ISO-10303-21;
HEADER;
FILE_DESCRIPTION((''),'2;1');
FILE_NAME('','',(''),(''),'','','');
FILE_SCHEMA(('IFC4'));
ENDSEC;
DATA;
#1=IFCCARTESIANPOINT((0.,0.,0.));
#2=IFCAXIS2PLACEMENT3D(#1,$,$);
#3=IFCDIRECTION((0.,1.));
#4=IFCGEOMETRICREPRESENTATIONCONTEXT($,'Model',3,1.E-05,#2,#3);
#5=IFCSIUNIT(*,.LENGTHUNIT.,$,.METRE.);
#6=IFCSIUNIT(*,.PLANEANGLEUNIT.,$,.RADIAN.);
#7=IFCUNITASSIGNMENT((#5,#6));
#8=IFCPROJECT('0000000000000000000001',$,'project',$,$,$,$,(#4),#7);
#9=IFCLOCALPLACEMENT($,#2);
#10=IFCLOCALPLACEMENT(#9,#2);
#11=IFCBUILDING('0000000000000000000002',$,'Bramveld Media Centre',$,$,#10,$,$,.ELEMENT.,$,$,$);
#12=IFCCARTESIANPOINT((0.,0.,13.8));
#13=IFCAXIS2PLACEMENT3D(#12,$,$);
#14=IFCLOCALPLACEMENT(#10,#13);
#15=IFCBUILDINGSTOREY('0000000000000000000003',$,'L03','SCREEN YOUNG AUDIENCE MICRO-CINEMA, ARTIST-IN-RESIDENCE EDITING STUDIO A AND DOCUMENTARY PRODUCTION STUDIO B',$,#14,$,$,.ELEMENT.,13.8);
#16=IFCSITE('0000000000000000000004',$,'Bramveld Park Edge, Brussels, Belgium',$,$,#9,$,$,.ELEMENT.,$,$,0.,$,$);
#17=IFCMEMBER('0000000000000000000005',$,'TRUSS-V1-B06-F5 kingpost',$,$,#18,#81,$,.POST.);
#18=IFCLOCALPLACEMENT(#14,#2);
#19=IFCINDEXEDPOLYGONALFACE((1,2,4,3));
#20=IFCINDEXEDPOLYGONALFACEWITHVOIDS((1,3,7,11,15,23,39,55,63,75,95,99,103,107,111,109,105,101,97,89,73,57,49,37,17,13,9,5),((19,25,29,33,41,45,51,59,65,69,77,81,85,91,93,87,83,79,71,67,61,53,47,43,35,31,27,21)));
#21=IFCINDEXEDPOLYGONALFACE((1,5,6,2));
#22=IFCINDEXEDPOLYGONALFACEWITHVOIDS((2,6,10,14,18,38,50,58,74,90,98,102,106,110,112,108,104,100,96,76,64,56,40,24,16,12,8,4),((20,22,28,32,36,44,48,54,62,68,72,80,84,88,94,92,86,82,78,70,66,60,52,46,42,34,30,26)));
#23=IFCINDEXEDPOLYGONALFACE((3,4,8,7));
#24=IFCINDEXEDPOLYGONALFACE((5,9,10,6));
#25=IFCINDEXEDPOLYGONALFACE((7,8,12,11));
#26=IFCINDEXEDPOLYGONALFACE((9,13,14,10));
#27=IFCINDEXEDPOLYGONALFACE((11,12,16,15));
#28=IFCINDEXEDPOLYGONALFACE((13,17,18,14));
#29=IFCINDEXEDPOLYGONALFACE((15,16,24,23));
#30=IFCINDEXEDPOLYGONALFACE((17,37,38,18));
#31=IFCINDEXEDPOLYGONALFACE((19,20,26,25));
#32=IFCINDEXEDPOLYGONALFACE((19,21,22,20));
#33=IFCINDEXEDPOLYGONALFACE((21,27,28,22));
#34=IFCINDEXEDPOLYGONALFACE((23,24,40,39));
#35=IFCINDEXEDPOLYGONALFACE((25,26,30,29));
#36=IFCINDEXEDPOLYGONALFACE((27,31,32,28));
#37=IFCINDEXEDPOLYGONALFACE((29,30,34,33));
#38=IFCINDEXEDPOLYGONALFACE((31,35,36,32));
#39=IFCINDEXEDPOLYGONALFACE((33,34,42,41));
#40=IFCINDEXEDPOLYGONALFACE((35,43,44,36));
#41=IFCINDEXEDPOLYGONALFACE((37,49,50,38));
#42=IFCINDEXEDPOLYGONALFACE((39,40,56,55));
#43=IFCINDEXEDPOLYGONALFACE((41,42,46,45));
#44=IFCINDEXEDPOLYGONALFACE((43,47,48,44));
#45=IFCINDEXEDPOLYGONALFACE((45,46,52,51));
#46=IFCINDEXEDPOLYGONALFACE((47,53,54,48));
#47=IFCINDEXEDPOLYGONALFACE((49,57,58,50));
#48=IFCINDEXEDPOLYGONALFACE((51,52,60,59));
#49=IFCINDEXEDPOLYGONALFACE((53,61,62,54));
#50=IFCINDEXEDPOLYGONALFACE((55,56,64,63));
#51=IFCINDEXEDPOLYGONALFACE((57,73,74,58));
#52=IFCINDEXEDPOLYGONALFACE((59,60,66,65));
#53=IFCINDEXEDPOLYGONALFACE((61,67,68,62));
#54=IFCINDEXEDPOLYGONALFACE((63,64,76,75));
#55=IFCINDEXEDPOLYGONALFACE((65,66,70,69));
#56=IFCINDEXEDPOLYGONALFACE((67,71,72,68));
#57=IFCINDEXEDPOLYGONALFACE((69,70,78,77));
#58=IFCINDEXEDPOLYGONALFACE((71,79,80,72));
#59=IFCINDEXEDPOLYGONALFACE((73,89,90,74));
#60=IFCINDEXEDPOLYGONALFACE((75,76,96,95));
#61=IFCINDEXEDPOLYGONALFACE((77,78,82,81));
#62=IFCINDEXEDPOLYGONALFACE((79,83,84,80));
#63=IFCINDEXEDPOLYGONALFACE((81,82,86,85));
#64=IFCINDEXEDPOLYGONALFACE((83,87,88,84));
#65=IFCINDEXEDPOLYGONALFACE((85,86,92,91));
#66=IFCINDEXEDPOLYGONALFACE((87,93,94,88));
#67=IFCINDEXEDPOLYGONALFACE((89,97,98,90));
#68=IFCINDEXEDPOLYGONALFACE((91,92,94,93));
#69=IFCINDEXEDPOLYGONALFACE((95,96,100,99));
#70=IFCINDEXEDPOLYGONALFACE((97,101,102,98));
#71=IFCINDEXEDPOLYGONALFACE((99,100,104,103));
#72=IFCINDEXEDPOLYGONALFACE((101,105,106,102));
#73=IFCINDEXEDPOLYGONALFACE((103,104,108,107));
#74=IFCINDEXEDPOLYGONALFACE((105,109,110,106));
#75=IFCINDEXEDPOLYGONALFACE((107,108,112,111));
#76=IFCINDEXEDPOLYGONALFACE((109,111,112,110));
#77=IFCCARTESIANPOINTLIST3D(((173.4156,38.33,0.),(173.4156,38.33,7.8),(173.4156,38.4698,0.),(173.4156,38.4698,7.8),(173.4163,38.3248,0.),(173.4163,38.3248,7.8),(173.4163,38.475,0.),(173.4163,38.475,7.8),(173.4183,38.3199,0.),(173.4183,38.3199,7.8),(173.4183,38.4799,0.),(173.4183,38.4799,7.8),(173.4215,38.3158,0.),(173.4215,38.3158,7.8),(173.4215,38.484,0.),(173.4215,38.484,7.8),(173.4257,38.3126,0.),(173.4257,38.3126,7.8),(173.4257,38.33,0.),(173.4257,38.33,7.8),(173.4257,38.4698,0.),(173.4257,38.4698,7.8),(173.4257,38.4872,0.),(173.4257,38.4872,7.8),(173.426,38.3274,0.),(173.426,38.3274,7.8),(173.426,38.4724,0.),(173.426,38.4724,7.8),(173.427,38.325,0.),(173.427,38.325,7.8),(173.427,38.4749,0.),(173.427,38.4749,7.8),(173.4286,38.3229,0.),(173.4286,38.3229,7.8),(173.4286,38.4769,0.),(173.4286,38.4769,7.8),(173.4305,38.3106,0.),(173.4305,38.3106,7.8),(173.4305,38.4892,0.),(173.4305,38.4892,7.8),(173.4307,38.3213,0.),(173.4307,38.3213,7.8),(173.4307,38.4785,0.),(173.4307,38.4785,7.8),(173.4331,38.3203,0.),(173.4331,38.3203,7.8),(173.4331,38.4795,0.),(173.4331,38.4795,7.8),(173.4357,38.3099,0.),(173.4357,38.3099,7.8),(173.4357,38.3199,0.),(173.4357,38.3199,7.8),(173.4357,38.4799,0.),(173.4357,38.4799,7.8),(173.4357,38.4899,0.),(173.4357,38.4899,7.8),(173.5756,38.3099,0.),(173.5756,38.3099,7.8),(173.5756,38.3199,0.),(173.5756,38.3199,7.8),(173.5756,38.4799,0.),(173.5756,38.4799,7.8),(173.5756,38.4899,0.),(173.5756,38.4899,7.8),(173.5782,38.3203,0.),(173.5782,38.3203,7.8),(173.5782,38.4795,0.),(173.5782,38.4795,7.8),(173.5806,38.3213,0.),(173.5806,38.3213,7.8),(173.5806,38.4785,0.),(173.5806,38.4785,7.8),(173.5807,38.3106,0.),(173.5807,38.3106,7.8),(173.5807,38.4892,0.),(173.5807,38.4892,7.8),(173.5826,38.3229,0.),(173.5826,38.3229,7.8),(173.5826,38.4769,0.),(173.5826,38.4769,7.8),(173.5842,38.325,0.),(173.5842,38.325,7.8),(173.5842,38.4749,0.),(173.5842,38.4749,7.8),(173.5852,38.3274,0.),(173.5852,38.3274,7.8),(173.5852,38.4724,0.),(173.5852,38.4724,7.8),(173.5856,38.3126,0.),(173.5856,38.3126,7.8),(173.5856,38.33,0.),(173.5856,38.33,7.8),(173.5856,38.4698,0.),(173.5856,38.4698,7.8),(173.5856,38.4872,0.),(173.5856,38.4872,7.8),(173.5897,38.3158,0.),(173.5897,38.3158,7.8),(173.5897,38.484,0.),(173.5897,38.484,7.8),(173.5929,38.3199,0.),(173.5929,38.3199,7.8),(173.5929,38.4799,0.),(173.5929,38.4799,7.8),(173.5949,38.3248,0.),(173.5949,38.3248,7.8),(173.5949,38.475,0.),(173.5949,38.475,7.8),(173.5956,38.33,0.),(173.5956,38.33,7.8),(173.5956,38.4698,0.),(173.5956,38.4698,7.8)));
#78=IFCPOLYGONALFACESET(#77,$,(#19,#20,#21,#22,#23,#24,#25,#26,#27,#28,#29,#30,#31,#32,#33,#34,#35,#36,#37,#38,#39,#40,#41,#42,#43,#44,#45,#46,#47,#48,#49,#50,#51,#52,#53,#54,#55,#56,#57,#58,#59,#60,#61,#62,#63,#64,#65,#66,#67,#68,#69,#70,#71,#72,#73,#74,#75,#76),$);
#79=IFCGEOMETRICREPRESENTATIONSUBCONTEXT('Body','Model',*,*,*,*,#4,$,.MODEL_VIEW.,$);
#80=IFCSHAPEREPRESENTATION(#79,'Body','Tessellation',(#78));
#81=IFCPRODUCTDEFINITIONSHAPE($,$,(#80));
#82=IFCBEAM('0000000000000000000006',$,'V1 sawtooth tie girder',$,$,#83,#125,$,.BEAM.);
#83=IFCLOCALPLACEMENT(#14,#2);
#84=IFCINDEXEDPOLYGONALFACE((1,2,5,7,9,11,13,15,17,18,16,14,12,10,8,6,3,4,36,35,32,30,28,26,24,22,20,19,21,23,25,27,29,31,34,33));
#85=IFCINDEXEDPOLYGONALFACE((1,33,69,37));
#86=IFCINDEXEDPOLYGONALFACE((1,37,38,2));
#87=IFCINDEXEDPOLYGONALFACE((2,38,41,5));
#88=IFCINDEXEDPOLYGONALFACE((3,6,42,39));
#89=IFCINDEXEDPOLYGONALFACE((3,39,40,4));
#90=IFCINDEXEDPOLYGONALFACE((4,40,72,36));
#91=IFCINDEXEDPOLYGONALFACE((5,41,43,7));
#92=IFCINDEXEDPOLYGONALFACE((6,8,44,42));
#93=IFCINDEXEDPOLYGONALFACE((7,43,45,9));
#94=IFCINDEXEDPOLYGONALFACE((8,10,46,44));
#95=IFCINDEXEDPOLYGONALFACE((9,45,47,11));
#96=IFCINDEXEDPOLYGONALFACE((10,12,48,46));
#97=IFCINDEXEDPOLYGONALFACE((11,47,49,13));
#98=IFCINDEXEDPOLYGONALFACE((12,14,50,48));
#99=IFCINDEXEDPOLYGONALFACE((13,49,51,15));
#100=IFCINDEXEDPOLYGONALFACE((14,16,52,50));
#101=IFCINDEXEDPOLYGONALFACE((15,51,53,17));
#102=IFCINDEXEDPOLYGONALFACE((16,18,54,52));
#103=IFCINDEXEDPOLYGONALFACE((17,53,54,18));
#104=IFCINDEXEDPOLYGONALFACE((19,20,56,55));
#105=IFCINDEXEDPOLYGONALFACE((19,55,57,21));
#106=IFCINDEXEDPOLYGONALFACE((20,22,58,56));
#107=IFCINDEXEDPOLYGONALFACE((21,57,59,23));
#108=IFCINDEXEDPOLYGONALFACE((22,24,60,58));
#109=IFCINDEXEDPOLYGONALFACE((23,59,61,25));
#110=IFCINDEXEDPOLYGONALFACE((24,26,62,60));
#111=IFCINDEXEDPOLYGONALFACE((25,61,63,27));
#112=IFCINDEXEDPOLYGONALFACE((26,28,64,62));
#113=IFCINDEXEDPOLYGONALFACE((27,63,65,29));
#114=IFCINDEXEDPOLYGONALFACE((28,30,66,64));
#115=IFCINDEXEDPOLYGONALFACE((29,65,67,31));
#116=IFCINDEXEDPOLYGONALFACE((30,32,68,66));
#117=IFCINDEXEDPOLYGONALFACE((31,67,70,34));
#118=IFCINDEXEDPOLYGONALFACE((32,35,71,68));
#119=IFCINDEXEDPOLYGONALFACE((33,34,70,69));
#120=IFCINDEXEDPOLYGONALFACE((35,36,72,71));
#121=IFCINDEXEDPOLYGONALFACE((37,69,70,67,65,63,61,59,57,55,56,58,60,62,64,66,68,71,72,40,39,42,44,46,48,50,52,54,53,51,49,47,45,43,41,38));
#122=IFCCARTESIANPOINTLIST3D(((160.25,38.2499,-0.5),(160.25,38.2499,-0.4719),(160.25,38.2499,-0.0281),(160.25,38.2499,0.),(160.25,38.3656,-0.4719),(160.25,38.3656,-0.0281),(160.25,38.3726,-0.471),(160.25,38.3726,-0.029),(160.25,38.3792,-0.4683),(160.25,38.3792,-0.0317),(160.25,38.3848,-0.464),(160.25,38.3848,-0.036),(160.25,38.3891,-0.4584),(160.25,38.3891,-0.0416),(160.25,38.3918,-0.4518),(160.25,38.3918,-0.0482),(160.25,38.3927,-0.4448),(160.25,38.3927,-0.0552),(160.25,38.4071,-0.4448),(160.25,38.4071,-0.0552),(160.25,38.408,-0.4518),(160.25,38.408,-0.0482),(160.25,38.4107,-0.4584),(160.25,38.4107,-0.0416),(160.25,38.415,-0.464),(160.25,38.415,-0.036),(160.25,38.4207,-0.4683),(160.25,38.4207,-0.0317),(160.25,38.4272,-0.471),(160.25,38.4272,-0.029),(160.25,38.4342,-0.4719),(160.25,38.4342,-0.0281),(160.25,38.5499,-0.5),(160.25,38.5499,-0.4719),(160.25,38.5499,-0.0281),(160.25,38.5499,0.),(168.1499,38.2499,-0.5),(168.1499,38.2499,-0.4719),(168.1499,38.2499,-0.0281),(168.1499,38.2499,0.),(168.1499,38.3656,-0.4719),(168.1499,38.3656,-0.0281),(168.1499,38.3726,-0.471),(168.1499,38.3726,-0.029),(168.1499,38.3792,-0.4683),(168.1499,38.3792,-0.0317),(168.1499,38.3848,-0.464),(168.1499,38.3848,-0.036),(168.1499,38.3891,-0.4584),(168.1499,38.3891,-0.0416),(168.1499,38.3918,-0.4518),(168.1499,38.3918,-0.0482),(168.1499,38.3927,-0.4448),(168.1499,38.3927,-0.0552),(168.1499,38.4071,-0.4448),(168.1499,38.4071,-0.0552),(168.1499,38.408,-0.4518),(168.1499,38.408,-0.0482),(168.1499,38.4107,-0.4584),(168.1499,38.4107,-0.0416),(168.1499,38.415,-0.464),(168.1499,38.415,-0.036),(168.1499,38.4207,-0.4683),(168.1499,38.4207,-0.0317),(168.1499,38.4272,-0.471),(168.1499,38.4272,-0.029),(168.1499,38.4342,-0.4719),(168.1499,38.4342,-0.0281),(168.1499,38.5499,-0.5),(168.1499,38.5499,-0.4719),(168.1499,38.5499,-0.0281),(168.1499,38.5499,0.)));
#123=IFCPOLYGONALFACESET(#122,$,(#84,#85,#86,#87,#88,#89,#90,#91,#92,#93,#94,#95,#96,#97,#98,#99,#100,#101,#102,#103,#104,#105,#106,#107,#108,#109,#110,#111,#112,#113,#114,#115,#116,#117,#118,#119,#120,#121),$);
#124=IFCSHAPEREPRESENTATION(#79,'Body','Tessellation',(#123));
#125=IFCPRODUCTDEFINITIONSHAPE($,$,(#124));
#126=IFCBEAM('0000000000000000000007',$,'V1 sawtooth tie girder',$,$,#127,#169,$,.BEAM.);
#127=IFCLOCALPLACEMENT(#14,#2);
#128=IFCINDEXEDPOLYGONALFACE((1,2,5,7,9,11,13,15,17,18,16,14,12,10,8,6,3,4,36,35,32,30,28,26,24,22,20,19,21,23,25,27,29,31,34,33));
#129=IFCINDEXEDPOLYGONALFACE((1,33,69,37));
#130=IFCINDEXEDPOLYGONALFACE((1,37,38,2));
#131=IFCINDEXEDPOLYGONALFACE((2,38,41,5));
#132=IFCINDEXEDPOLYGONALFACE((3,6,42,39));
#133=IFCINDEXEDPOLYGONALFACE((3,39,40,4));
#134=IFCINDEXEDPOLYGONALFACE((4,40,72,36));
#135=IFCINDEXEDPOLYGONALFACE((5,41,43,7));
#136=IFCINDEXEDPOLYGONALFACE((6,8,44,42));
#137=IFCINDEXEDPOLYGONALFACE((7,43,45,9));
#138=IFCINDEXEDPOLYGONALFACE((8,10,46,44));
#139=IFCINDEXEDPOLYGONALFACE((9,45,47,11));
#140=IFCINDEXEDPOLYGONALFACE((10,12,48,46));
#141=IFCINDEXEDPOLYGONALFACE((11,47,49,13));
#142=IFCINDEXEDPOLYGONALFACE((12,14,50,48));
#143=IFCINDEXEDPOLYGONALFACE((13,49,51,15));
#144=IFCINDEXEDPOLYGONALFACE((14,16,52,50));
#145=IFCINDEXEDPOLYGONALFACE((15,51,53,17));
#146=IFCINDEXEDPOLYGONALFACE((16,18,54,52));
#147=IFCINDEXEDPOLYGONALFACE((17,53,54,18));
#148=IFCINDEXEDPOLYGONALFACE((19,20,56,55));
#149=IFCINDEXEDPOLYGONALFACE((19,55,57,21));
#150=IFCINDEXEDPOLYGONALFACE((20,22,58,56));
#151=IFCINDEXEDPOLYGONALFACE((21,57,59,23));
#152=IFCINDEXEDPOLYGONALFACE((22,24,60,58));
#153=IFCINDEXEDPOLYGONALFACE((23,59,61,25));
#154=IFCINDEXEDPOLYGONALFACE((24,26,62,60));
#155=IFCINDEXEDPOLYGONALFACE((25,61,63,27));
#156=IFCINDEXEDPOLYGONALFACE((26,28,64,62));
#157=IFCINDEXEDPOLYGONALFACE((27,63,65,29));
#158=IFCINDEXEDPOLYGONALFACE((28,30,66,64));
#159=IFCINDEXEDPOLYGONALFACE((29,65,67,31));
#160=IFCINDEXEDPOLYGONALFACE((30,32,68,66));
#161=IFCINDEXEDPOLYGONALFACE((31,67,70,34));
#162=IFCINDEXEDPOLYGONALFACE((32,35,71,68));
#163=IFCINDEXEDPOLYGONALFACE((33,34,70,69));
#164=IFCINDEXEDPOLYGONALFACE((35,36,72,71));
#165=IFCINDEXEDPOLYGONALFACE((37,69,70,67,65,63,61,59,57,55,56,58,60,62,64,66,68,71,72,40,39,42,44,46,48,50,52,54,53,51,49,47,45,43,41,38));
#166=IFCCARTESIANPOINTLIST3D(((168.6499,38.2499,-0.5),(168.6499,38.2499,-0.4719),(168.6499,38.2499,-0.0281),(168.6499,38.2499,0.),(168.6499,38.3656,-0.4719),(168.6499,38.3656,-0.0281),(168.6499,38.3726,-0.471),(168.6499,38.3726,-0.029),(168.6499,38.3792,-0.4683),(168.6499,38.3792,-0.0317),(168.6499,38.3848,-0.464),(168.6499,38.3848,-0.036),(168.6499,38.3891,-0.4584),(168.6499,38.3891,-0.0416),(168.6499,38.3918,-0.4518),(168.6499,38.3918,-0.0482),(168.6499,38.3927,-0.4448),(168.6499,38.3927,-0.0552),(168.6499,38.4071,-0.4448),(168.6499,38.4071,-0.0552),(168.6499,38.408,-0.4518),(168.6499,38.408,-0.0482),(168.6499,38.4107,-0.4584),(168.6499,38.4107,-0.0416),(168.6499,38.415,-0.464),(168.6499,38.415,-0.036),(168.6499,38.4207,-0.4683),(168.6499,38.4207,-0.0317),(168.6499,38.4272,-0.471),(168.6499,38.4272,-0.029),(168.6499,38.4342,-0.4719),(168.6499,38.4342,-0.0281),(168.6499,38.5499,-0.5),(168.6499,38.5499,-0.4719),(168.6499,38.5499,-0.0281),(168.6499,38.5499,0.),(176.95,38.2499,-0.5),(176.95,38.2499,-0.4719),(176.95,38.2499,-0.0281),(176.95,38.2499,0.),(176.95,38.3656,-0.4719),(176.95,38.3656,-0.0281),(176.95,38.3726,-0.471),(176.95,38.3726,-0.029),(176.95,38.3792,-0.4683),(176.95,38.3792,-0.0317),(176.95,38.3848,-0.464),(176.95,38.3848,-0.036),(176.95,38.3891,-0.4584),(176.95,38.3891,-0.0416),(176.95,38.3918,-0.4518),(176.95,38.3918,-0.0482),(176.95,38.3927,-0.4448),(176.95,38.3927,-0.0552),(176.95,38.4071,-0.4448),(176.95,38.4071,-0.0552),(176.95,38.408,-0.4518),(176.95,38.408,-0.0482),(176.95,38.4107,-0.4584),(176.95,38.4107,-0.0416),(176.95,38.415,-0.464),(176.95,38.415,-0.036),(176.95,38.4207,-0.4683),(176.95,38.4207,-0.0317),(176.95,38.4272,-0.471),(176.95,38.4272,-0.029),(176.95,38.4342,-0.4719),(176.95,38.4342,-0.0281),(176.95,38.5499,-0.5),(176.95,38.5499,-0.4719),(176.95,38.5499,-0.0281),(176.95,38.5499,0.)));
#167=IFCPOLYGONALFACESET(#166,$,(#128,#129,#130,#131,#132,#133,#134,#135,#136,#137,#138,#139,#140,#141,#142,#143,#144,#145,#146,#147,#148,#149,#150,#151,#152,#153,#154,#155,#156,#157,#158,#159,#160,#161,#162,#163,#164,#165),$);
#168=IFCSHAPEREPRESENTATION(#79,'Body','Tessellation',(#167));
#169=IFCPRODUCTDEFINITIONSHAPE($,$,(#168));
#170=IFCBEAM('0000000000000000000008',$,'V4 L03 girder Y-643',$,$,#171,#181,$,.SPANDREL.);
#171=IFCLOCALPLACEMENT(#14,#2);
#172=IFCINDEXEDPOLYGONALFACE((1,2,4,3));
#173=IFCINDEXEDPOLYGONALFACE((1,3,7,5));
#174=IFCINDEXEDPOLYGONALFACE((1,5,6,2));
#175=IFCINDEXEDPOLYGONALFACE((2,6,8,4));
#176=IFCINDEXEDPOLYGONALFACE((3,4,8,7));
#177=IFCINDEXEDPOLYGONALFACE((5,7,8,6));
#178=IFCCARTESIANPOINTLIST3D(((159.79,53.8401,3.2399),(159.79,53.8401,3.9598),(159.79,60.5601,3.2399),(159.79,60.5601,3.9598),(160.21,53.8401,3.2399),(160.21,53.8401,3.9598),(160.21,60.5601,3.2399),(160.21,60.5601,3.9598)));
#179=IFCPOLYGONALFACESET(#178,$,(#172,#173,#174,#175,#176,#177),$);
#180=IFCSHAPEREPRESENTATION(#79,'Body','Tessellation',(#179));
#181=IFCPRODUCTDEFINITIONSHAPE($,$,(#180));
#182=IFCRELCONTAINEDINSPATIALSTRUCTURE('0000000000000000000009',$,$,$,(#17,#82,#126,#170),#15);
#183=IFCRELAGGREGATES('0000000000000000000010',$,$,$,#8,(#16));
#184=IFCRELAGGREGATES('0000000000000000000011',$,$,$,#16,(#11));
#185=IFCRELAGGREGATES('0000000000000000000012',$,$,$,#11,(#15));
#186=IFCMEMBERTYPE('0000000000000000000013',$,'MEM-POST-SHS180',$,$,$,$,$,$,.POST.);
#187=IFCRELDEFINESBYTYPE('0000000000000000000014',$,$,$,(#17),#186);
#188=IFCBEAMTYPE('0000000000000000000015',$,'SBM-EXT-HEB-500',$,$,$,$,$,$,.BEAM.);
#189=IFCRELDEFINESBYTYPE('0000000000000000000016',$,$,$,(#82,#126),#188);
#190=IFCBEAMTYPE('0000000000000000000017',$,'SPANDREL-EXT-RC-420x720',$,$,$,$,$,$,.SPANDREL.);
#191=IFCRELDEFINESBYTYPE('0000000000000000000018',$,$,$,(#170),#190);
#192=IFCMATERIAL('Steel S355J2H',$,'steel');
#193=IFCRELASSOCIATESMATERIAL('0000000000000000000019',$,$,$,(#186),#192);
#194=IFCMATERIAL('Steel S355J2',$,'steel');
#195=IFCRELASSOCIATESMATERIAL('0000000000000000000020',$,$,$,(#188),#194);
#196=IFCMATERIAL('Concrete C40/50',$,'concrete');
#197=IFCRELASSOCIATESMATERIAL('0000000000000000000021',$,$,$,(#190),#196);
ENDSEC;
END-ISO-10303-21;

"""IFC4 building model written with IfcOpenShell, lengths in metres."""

from ifc_helpers import new_model, si_unit, direction, frame, origin, origin_2d, place, context, subcontext, project, spatial, rectangle, hollow_rectangle, i_section, extrude, material, material_profile, profile_set, type_object, element, save


model = new_model("IFC4")

# Units and contexts
model_context = context("Model", 3, precision=1e-05, world=origin(), true_north=direction((0.0, 1.0)))
body_context = subcontext(model_context, "Body", "Model", "MODEL_VIEW")
ifc_project = project(units=[si_unit("LENGTHUNIT", "METRE"), si_unit("PLANEANGLEUNIT", "RADIAN")], contexts=[model_context])

# Site, building, storey
site_placement = place(None, origin())
site = spatial("IfcSite", under=ifc_project, at=site_placement, Name="Bramveld Park Edge, Brussels, Belgium", CompositionType="ELEMENT", RefElevation=0.0)
building_placement = place(site_placement, origin())
building = spatial("IfcBuilding", under=site, at=building_placement, Name="Bramveld Media Centre", CompositionType="ELEMENT")
storey_placement = place(building_placement, frame((0.0, 0.0, 13.8)))
storey = spatial("IfcBuildingStorey", under=building, at=storey_placement, Name="L03", Description="SCREEN YOUNG AUDIENCE MICRO-CINEMA, ARTIST-IN-RESIDENCE EDITING STUDIO A AND DOCUMENTARY PRODUCTION STUDIO B", CompositionType="ELEMENT", Elevation=13.8)

# Member
ifc_material_1 = material(Name="Steel S355J2H", Category="steel")
ifc_material_profile_1 = material_profile(ifc_material_1, hollow_rectangle(XDim=0.1799, YDim=0.1799, WallThickness=0.01, InnerFilletRadius=0.01, OuterFilletRadius=0.02, at=origin_2d()), Name="SHS 180x180x10")
ifc_profile_set_1 = profile_set([ifc_material_profile_1], Name="Steel S355J2H")
member_type_1 = type_object("IfcMemberType", Name="MEM-POST-SHS180", PredefinedType="POST", material=ifc_profile_set_1)
for number, where, z_axis, x_axis, name in (
    (1, (173.5056, 38.3999, 0.0), (0.0, 0.0, 1.0), (1.0, 0.0, 0.0), "TRUSS-V1-B06-F5 kingpost"),
):
    element("IfcMember", number, at=place(storey_placement, frame(where, z_axis=z_axis, x_axis=x_axis)), inside=storey, type_object=member_type_1, Name=name, PredefinedType="POST", context=body_context, shape_type="SweptSolid", body=[
        extrude(hollow_rectangle(XDim=0.1799, YDim=0.1799, WallThickness=0.01, InnerFilletRadius=0.01, OuterFilletRadius=0.02, at=origin_2d()), origin(), (0.0, 0.0, 1.0), 7.8),
    ])

# Beams
ifc_material_2 = material(Name="Steel S355J2", Category="steel")
ifc_material_profile_2 = material_profile(ifc_material_2, i_section(OverallWidth=0.3, OverallDepth=0.5, WebThickness=0.0144, FlangeThickness=0.0281, FilletRadius=0.0271, at=origin_2d()), Name="HEB 500")
ifc_profile_set_2 = profile_set([ifc_material_profile_2], Name="Steel S355J2")
beam_type_1 = type_object("IfcBeamType", Name="SBM-EXT-HEB-500", PredefinedType="BEAM", material=ifc_profile_set_2)
beam_1_placement = place(storey_placement, frame((160.25, 38.3999, -0.25), z_axis=(1.0, 0.0, 0.0), x_axis=(0.0, 1.0, 0.0)))
element("IfcBeam", 2, at=beam_1_placement, inside=storey, type_object=beam_type_1, Name="V1 sawtooth tie girder", PredefinedType="BEAM", context=body_context, shape_type="SweptSolid", body=[
    extrude(i_section(OverallWidth=0.3, OverallDepth=0.5, WebThickness=0.0144, FlangeThickness=0.0281, FilletRadius=0.0271, at=origin_2d()), origin(), (0.0, 0.0, 1.0), 7.8999),
])
beam_2_placement = place(storey_placement, frame((168.6499, 38.3999, -0.25), z_axis=(1.0, 0.0, 0.0), x_axis=(0.0, 1.0, 0.0)))
element("IfcBeam", 3, at=beam_2_placement, inside=storey, type_object=beam_type_1, Name="V1 sawtooth tie girder", PredefinedType="BEAM", context=body_context, shape_type="SweptSolid", body=[
    extrude(i_section(OverallWidth=0.3, OverallDepth=0.5, WebThickness=0.0144, FlangeThickness=0.0281, FilletRadius=0.0271, at=origin_2d()), origin(), (0.0, 0.0, 1.0), 8.3),
])
ifc_material_3 = material(Name="Concrete C40/50", Category="concrete")
ifc_material_profile_3 = material_profile(ifc_material_3, rectangle(XDim=0.4199, YDim=0.72, at=origin_2d()), Name="RC 420x720")
ifc_profile_set_3 = profile_set([ifc_material_profile_3], Name="Concrete C40/50")
beam_type_2 = type_object("IfcBeamType", Name="SPANDREL-EXT-RC-420x720", PredefinedType="SPANDREL", material=ifc_profile_set_3)
beam_3_placement = place(storey_placement, frame((160.0, 53.8401, 3.5999), z_axis=(0.0, 1.0, 0.0), x_axis=(-1.0, 0.0, 0.0)))
element("IfcBeam", 4, at=beam_3_placement, inside=storey, type_object=beam_type_2, Name="V4 L03 girder Y-643", PredefinedType="SPANDREL", context=body_context, shape_type="SweptSolid", body=[
    extrude(rectangle(XDim=0.4199, YDim=0.72, at=origin_2d()), origin(), (0.0, 0.0, 1.0), 6.72),
])

save(model, "model.ifc")
